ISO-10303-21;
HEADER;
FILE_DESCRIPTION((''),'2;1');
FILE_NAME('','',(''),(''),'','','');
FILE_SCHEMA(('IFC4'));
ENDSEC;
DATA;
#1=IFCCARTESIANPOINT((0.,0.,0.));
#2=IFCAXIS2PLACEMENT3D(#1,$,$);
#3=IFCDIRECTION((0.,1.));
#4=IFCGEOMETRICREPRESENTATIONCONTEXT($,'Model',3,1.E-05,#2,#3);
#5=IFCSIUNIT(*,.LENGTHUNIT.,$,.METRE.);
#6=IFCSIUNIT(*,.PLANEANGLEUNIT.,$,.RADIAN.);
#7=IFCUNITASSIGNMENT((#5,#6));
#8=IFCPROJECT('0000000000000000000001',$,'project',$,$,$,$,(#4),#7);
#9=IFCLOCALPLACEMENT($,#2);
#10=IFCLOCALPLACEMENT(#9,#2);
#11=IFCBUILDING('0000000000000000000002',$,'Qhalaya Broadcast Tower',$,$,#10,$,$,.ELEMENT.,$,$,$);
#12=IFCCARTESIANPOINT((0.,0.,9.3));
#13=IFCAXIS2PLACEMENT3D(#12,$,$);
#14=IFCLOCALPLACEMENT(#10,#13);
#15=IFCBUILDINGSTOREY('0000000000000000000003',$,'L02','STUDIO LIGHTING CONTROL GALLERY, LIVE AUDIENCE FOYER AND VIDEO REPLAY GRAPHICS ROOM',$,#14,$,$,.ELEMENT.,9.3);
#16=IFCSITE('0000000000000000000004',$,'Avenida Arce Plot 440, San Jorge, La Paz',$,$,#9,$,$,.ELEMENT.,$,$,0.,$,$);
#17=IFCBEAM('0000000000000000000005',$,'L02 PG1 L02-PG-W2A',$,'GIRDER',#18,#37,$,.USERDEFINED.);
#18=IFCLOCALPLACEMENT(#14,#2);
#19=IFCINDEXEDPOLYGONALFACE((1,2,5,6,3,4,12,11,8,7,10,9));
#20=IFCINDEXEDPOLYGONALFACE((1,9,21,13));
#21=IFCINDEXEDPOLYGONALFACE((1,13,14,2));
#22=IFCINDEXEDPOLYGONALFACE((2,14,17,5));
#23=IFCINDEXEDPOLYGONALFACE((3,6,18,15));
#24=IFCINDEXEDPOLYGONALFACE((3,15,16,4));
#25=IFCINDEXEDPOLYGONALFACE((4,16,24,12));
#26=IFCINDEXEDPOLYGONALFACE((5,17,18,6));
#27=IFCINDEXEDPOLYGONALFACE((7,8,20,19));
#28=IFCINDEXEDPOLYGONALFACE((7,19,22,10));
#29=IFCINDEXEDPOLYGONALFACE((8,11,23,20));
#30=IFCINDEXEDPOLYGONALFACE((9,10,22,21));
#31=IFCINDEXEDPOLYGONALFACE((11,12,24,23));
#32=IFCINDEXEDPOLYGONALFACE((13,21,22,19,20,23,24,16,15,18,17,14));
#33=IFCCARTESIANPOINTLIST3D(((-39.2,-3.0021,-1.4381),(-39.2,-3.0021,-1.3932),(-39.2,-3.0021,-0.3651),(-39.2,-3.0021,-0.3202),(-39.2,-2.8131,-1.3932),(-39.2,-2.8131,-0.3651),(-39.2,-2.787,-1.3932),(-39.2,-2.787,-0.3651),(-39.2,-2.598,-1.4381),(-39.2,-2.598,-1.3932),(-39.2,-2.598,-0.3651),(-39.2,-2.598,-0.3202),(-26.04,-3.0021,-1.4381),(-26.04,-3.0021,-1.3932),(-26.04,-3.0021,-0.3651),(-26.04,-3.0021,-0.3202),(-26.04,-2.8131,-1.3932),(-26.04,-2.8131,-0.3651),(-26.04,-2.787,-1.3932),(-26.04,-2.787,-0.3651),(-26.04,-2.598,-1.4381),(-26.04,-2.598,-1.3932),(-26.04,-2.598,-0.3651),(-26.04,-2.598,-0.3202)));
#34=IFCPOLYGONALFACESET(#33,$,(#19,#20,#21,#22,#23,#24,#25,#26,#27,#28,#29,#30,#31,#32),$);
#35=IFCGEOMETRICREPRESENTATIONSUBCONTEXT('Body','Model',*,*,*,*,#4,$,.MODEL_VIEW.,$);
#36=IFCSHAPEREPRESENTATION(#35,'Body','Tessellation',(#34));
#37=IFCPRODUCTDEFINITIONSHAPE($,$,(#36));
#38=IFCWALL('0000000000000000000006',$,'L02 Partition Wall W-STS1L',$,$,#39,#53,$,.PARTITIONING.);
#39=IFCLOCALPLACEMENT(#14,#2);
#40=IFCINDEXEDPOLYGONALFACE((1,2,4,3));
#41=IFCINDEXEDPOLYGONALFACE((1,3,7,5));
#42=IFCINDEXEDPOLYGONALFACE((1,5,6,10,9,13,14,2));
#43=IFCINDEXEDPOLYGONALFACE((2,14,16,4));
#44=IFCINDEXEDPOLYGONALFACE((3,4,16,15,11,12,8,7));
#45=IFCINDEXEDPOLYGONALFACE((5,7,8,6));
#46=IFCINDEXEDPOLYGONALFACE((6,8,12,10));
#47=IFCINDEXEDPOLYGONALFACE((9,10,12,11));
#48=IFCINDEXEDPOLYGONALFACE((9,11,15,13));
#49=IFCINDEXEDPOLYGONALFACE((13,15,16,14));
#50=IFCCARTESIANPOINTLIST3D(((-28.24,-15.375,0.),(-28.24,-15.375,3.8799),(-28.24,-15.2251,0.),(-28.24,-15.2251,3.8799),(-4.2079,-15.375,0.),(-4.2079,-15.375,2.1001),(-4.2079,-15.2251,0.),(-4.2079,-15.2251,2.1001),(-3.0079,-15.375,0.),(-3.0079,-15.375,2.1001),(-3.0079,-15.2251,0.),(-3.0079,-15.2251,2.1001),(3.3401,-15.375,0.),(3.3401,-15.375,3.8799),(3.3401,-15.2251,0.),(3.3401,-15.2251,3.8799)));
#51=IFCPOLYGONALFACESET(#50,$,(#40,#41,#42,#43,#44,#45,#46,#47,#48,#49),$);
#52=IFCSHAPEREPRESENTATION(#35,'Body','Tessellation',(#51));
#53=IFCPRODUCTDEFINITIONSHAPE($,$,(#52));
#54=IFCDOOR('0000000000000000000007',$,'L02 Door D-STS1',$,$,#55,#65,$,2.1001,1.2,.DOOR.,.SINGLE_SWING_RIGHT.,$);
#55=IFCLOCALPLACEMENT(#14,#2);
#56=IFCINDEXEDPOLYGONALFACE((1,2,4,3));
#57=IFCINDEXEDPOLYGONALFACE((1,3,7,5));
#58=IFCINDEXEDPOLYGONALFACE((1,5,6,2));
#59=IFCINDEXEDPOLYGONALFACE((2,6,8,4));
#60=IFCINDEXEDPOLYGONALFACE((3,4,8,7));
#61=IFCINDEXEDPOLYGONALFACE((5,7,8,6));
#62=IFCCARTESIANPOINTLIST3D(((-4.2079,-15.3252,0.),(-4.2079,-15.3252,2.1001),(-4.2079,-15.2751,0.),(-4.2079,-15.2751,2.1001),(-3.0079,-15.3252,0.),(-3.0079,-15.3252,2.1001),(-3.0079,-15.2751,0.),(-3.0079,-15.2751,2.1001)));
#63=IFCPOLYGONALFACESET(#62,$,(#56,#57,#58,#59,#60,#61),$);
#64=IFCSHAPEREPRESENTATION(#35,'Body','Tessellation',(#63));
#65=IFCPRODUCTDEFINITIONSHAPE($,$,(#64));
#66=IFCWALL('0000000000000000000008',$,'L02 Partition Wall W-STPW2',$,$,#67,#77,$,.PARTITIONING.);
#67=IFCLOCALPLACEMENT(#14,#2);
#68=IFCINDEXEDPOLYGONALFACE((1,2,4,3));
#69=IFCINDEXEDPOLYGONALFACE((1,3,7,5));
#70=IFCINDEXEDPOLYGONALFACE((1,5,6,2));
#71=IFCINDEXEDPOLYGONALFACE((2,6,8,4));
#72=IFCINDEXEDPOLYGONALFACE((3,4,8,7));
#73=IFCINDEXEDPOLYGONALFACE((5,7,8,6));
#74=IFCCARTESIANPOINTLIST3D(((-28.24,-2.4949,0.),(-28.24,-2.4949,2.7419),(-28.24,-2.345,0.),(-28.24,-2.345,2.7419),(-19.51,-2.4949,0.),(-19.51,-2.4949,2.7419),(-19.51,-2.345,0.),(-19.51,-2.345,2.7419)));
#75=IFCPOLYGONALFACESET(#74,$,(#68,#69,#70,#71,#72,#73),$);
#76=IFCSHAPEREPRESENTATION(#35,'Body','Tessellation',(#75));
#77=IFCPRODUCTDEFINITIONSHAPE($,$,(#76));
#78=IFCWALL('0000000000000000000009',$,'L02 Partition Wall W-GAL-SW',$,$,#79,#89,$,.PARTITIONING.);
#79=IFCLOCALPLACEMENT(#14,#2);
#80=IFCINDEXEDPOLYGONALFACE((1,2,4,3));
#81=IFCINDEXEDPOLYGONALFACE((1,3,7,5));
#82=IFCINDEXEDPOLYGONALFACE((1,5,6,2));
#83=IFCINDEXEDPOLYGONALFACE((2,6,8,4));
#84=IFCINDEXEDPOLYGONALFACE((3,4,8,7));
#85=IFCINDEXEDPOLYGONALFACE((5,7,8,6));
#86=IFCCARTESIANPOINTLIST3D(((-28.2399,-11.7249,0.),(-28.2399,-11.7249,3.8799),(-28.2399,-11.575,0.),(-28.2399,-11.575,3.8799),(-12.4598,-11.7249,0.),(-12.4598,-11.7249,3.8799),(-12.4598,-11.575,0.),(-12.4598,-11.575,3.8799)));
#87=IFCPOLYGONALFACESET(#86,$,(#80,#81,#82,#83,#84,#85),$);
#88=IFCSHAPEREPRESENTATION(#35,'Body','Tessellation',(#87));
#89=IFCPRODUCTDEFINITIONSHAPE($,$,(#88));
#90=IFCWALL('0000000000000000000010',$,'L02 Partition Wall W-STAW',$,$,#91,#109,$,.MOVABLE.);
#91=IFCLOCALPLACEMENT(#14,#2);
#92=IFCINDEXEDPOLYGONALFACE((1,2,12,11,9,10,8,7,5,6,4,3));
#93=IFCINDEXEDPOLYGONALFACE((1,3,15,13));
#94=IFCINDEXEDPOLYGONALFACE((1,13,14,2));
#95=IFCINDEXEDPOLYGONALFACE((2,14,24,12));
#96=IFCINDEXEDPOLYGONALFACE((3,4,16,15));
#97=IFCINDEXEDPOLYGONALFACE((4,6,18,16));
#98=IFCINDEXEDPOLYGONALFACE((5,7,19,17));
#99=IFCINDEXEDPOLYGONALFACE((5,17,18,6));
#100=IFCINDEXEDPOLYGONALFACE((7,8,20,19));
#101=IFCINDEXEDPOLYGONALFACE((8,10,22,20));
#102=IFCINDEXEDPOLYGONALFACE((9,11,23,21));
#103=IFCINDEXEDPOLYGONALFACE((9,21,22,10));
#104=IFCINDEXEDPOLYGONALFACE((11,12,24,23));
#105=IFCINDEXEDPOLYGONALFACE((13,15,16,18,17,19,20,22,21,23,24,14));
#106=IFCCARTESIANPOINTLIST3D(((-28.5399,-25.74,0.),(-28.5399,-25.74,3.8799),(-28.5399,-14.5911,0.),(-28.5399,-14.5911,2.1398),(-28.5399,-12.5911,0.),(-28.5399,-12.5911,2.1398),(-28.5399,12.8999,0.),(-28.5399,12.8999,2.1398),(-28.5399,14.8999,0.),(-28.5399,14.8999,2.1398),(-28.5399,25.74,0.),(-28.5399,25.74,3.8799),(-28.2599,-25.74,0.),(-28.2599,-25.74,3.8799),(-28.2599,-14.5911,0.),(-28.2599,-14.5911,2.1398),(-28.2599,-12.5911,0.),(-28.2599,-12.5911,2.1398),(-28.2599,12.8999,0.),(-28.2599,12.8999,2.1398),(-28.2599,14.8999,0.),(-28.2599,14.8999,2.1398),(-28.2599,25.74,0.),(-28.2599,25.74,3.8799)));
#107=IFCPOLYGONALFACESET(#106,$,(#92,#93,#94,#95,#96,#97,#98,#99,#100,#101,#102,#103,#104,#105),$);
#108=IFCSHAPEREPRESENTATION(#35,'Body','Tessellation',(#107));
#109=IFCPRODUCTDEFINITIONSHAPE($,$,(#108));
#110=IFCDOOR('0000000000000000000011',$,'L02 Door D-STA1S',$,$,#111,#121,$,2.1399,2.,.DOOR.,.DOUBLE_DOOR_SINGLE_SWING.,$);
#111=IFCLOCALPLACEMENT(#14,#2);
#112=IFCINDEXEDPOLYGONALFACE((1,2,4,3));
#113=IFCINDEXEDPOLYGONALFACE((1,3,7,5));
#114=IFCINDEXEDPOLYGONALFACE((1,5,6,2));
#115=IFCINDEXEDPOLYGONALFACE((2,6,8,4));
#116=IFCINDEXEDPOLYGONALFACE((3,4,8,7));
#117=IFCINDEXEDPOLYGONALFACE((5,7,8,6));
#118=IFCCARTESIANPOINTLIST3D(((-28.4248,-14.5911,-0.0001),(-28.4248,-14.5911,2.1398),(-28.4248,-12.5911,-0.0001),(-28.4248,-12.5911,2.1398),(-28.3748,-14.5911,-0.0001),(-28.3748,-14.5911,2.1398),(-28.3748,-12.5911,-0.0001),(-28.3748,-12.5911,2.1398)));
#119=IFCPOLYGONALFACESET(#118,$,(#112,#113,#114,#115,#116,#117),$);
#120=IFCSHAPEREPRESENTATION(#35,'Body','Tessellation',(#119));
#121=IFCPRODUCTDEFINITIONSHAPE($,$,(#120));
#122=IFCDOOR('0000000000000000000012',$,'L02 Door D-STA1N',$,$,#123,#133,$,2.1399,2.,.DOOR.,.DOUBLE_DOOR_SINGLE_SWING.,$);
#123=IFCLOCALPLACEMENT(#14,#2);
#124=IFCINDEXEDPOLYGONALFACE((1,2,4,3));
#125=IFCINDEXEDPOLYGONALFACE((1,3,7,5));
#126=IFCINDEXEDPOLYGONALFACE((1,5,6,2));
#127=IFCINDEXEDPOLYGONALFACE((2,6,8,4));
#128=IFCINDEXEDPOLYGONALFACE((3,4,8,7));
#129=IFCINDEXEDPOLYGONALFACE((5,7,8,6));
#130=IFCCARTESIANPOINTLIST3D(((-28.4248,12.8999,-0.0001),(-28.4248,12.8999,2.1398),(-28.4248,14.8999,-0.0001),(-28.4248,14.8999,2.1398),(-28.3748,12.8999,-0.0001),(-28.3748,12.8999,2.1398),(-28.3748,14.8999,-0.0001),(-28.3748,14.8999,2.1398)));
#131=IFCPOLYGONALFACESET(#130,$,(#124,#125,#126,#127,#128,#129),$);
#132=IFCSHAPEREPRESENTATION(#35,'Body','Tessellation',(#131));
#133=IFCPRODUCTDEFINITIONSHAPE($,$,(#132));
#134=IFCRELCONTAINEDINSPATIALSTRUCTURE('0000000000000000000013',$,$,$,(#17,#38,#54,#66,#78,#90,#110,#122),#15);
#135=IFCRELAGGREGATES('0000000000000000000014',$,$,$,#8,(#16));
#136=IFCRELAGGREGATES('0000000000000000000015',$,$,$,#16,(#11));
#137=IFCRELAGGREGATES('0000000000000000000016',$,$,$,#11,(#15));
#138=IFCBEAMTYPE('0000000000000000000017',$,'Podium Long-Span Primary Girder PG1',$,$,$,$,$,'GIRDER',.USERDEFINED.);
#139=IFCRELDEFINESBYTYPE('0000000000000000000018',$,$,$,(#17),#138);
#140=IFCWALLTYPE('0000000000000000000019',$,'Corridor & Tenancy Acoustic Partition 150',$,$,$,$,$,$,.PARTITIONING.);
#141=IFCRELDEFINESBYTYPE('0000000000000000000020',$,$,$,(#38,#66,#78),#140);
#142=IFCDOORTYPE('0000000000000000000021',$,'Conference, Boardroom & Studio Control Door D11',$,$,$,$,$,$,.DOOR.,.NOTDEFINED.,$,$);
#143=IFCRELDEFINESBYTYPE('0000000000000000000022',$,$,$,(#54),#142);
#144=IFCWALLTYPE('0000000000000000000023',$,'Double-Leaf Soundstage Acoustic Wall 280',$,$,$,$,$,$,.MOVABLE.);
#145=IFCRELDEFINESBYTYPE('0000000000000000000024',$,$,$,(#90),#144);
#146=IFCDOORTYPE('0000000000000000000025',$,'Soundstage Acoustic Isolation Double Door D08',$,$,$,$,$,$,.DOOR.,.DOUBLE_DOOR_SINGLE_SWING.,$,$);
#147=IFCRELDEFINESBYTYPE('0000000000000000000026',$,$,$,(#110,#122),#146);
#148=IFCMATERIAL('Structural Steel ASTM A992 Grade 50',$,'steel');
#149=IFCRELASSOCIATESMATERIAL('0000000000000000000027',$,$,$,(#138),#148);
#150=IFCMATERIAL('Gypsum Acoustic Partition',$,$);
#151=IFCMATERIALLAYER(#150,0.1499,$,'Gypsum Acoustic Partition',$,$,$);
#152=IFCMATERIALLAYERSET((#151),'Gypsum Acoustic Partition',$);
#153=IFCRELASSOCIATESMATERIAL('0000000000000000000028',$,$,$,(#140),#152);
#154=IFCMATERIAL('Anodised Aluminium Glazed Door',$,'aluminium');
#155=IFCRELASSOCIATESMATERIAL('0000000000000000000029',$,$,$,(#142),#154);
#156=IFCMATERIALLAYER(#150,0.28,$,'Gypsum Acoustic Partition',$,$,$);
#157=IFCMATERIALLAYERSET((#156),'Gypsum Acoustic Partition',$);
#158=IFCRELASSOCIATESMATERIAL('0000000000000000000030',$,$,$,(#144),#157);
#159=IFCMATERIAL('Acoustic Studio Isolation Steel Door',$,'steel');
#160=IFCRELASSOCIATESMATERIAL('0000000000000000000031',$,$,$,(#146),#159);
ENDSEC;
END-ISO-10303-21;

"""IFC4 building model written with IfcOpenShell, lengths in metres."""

from ifc_helpers import new_model, si_unit, direction, frame, frame_2d, origin, origin_2d, place, context, subcontext, project, spatial, rectangle, i_section, extrude, material, layer, layer_set, material_profile, profile_set, type_object, element, fill, save


model = new_model("IFC4")

# Units and contexts
model_context = context("Model", 3, precision=1e-05, world=origin(), true_north=direction((0.0, 1.0)))
body_context = subcontext(model_context, "Body", "Model", "MODEL_VIEW")
ifc_project = project(units=[si_unit("LENGTHUNIT", "METRE"), si_unit("PLANEANGLEUNIT", "RADIAN")], contexts=[model_context])

# Site, building, storey
site_placement = place(None, origin())
site = spatial("IfcSite", under=ifc_project, at=site_placement, Name="Avenida Arce Plot 440, San Jorge, La Paz", CompositionType="ELEMENT", RefElevation=0.0)
building_placement = place(site_placement, origin())
building = spatial("IfcBuilding", under=site, at=building_placement, Name="Qhalaya Broadcast Tower", CompositionType="ELEMENT")
storey_placement = place(building_placement, frame((0.0, 0.0, 9.3)))
storey = spatial("IfcBuildingStorey", under=building, at=storey_placement, Name="L02", Description="STUDIO LIGHTING CONTROL GALLERY, LIVE AUDIENCE FOYER AND VIDEO REPLAY GRAPHICS ROOM", CompositionType="ELEMENT", Elevation=9.3)

# Beam
ifc_material_1 = material(Name="Structural Steel ASTM A992 Grade 50", Category="steel")
ifc_material_profile_1 = material_profile(ifc_material_1, i_section(OverallWidth=0.4041, OverallDepth=1.1179, WebThickness=0.0261, FlangeThickness=0.0449, at=origin_2d()), Name="W44X335")
ifc_profile_set_1 = profile_set([ifc_material_profile_1], Name="Structural Steel ASTM A992 Grade 50")
beam_type_1 = type_object("IfcBeamType", Name="Podium Long-Span Primary Girder PG1", ElementType="GIRDER", PredefinedType="USERDEFINED", material=ifc_profile_set_1)
for number, where, z_axis, x_axis, name in (
    (1, (-39.2, -2.8, -0.8792), (1.0, 0.0, 0.0), (0.0, 1.0, 0.0), "L02 PG1 L02-PG-W2A"),
):
    element("IfcBeam", number, at=place(storey_placement, frame(where, z_axis=z_axis, x_axis=x_axis)), inside=storey, type_object=beam_type_1, Name=name, ObjectType="GIRDER", PredefinedType="USERDEFINED", context=body_context, shape_type="SweptSolid", body=[
        extrude(i_section(OverallWidth=0.4041, OverallDepth=1.1179, WebThickness=0.0261, FlangeThickness=0.0449, at=origin_2d()), origin(), (0.0, 0.0, 1.0), 13.1599),
    ])

# Wall, opening, door
ifc_material_2 = material(Name="Gypsum Acoustic Partition")
ifc_layer_1 = layer(ifc_material_2, 0.1499, Name="Gypsum Acoustic Partition")
ifc_layer_set_1 = layer_set([ifc_layer_1], Name="Gypsum Acoustic Partition")
wall_type_1 = type_object("IfcWallType", Name="Corridor & Tenancy Acoustic Partition 150", PredefinedType="PARTITIONING", material=ifc_layer_set_1)
wall_1_placement = place(storey_placement, frame((-28.24, -15.3, 0.0), z_axis=(0.0, 0.0, 1.0), x_axis=(1.0, 0.0, 0.0)))
wall_1 = element("IfcWall", 2, at=wall_1_placement, inside=storey, type_object=wall_type_1, Name="L02 Partition Wall W-STS1L", PredefinedType="PARTITIONING", context=body_context, shape_type="SweptSolid", body=[
    extrude(rectangle(XDim=31.5801, YDim=0.1499, at=frame_2d((15.79, 0.0))), origin(), (0.0, 0.0, 1.0), 3.8799),
])
opening_1_placement = place(wall_1_placement, frame((24.032, 0.0, 0.0)))
opening_1 = element("IfcOpeningElement", 3, at=opening_1_placement, cuts=wall_1, PredefinedType="OPENING", context=body_context, shape_type="SweptSolid", body=[
    extrude(rectangle(XDim=1.2, YDim=2.1001, at=frame_2d((0.6001, 1.05))), frame((0.0, 0.0869, 0.0), z_axis=(0.0, -1.0, 0.0), x_axis=(1.0, 0.0, 0.0)), (0.0, 0.0, 1.0), 0.1738),
])
ifc_material_3 = material(Name="Anodised Aluminium Glazed Door", Category="aluminium")
door_type_1 = type_object("IfcDoorType", Name="Conference, Boardroom & Studio Control Door D11", OperationType="NOTDEFINED", PredefinedType="DOOR", material=ifc_material_3)
door_1_placement = place(opening_1_placement, origin())
door_1 = element("IfcDoor", 4, at=door_1_placement, inside=storey, type_object=door_type_1, Name="L02 Door D-STS1", OperationType="SINGLE_SWING_RIGHT", OverallHeight=2.1001, OverallWidth=1.2, PredefinedType="DOOR", context=body_context, shape_type="SweptSolid", body=[
    extrude(rectangle(XDim=1.2, YDim=2.1001, at=frame_2d((0.6001, 1.05))), frame((0.0, 0.0249, 0.0), z_axis=(0.0, -1.0, 0.0), x_axis=(1.0, 0.0, 0.0)), (0.0, 0.0, 1.0), 0.05),
])
fill(opening_1, door_1)

# Walls
wall_2_placement = place(storey_placement, frame((-28.24, -2.4199, 0.0), z_axis=(0.0, 0.0, 1.0), x_axis=(1.0, 0.0, 0.0)))
element("IfcWall", 5, at=wall_2_placement, inside=storey, type_object=wall_type_1, Name="L02 Partition Wall W-STPW2", PredefinedType="PARTITIONING", context=body_context, shape_type="SweptSolid", body=[
    extrude(rectangle(XDim=8.73, YDim=0.1499, at=frame_2d((4.365, 0.0))), origin(), (0.0, 0.0, 1.0), 2.7419),
])
wall_3_placement = place(storey_placement, frame((-28.24, -11.6499, 0.0), z_axis=(0.0, 0.0, 1.0), x_axis=(1.0, 0.0, 0.0)))
element("IfcWall", 6, at=wall_3_placement, inside=storey, type_object=wall_type_1, Name="L02 Partition Wall W-GAL-SW", PredefinedType="PARTITIONING", context=body_context, shape_type="SweptSolid", body=[
    extrude(rectangle(XDim=15.78, YDim=0.1499, at=frame_2d((7.8901, 0.0))), origin(), (0.0, 0.0, 1.0), 3.8799),
])

# Wall, openings, doors
ifc_layer_2 = layer(ifc_material_2, 0.28, Name="Gypsum Acoustic Partition")
ifc_layer_set_2 = layer_set([ifc_layer_2], Name="Gypsum Acoustic Partition")
wall_type_2 = type_object("IfcWallType", Name="Double-Leaf Soundstage Acoustic Wall 280", PredefinedType="MOVABLE", material=ifc_layer_set_2)
wall_4_placement = place(storey_placement, frame((-28.3999, -25.74, 0.0), z_axis=(0.0, 0.0, 1.0), x_axis=(0.0, 1.0, 0.0)))
wall_4 = element("IfcWall", 7, at=wall_4_placement, inside=storey, type_object=wall_type_2, Name="L02 Partition Wall W-STAW", PredefinedType="MOVABLE", context=body_context, shape_type="SweptSolid", body=[
    extrude(rectangle(XDim=51.48, YDim=0.28, at=frame_2d((25.74, 0.0))), origin(), (0.0, 0.0, 1.0), 3.8799),
])
opening_2_placement = place(wall_4_placement, frame((11.1489, 0.0, 0.0)))
opening_2 = element("IfcOpeningElement", 8, at=opening_2_placement, cuts=wall_4, PredefinedType="OPENING", context=body_context, shape_type="SweptSolid", body=[
    extrude(rectangle(XDim=2.0, YDim=2.1399, at=frame_2d((1.0, 1.0698))), frame((0.0, 0.1521, 0.0), z_axis=(0.0, -1.0, 0.0), x_axis=(1.0, 0.0, 0.0)), (0.0, 0.0, 1.0), 0.304),
])
opening_3_placement = place(wall_4_placement, frame((38.6399, 0.0, 0.0)))
opening_3 = element("IfcOpeningElement", 9, at=opening_3_placement, cuts=wall_4, PredefinedType="OPENING", context=body_context, shape_type="SweptSolid", body=[
    extrude(rectangle(XDim=2.0, YDim=2.1399, at=frame_2d((1.0, 1.0698))), frame((0.0, 0.1521, 0.0), z_axis=(0.0, -1.0, 0.0), x_axis=(1.0, 0.0, 0.0)), (0.0, 0.0, 1.0), 0.304),
])
ifc_material_4 = material(Name="Acoustic Studio Isolation Steel Door", Category="steel")
door_type_2 = type_object("IfcDoorType", Name="Soundstage Acoustic Isolation Double Door D08", OperationType="DOUBLE_DOOR_SINGLE_SWING", PredefinedType="DOOR", material=ifc_material_4)
door_2_placement = place(opening_2_placement, origin())
door_2 = element("IfcDoor", 10, at=door_2_placement, inside=storey, type_object=door_type_2, Name="L02 Door D-STA1S", OperationType="DOUBLE_DOOR_SINGLE_SWING", OverallHeight=2.1399, OverallWidth=2.0, PredefinedType="DOOR", context=body_context, shape_type="SweptSolid", body=[
    extrude(rectangle(XDim=2.0, YDim=2.1399, at=frame_2d((1.0, 1.0698))), frame((0.0, 0.0249, 0.0), z_axis=(0.0, -1.0, 0.0), x_axis=(1.0, 0.0, 0.0)), (0.0, 0.0, 1.0), 0.05),
])
fill(opening_2, door_2)
door_3_placement = place(opening_3_placement, origin())
door_3 = element("IfcDoor", 11, at=door_3_placement, inside=storey, type_object=door_type_2, Name="L02 Door D-STA1N", OperationType="DOUBLE_DOOR_SINGLE_SWING", OverallHeight=2.1399, OverallWidth=2.0, PredefinedType="DOOR", context=body_context, shape_type="SweptSolid", body=[
    extrude(rectangle(XDim=2.0, YDim=2.1399, at=frame_2d((1.0, 1.0698))), frame((0.0, 0.0249, 0.0), z_axis=(0.0, -1.0, 0.0), x_axis=(1.0, 0.0, 0.0)), (0.0, 0.0, 1.0), 0.05),
])
fill(opening_3, door_3)

save(model, "model.ifc")
